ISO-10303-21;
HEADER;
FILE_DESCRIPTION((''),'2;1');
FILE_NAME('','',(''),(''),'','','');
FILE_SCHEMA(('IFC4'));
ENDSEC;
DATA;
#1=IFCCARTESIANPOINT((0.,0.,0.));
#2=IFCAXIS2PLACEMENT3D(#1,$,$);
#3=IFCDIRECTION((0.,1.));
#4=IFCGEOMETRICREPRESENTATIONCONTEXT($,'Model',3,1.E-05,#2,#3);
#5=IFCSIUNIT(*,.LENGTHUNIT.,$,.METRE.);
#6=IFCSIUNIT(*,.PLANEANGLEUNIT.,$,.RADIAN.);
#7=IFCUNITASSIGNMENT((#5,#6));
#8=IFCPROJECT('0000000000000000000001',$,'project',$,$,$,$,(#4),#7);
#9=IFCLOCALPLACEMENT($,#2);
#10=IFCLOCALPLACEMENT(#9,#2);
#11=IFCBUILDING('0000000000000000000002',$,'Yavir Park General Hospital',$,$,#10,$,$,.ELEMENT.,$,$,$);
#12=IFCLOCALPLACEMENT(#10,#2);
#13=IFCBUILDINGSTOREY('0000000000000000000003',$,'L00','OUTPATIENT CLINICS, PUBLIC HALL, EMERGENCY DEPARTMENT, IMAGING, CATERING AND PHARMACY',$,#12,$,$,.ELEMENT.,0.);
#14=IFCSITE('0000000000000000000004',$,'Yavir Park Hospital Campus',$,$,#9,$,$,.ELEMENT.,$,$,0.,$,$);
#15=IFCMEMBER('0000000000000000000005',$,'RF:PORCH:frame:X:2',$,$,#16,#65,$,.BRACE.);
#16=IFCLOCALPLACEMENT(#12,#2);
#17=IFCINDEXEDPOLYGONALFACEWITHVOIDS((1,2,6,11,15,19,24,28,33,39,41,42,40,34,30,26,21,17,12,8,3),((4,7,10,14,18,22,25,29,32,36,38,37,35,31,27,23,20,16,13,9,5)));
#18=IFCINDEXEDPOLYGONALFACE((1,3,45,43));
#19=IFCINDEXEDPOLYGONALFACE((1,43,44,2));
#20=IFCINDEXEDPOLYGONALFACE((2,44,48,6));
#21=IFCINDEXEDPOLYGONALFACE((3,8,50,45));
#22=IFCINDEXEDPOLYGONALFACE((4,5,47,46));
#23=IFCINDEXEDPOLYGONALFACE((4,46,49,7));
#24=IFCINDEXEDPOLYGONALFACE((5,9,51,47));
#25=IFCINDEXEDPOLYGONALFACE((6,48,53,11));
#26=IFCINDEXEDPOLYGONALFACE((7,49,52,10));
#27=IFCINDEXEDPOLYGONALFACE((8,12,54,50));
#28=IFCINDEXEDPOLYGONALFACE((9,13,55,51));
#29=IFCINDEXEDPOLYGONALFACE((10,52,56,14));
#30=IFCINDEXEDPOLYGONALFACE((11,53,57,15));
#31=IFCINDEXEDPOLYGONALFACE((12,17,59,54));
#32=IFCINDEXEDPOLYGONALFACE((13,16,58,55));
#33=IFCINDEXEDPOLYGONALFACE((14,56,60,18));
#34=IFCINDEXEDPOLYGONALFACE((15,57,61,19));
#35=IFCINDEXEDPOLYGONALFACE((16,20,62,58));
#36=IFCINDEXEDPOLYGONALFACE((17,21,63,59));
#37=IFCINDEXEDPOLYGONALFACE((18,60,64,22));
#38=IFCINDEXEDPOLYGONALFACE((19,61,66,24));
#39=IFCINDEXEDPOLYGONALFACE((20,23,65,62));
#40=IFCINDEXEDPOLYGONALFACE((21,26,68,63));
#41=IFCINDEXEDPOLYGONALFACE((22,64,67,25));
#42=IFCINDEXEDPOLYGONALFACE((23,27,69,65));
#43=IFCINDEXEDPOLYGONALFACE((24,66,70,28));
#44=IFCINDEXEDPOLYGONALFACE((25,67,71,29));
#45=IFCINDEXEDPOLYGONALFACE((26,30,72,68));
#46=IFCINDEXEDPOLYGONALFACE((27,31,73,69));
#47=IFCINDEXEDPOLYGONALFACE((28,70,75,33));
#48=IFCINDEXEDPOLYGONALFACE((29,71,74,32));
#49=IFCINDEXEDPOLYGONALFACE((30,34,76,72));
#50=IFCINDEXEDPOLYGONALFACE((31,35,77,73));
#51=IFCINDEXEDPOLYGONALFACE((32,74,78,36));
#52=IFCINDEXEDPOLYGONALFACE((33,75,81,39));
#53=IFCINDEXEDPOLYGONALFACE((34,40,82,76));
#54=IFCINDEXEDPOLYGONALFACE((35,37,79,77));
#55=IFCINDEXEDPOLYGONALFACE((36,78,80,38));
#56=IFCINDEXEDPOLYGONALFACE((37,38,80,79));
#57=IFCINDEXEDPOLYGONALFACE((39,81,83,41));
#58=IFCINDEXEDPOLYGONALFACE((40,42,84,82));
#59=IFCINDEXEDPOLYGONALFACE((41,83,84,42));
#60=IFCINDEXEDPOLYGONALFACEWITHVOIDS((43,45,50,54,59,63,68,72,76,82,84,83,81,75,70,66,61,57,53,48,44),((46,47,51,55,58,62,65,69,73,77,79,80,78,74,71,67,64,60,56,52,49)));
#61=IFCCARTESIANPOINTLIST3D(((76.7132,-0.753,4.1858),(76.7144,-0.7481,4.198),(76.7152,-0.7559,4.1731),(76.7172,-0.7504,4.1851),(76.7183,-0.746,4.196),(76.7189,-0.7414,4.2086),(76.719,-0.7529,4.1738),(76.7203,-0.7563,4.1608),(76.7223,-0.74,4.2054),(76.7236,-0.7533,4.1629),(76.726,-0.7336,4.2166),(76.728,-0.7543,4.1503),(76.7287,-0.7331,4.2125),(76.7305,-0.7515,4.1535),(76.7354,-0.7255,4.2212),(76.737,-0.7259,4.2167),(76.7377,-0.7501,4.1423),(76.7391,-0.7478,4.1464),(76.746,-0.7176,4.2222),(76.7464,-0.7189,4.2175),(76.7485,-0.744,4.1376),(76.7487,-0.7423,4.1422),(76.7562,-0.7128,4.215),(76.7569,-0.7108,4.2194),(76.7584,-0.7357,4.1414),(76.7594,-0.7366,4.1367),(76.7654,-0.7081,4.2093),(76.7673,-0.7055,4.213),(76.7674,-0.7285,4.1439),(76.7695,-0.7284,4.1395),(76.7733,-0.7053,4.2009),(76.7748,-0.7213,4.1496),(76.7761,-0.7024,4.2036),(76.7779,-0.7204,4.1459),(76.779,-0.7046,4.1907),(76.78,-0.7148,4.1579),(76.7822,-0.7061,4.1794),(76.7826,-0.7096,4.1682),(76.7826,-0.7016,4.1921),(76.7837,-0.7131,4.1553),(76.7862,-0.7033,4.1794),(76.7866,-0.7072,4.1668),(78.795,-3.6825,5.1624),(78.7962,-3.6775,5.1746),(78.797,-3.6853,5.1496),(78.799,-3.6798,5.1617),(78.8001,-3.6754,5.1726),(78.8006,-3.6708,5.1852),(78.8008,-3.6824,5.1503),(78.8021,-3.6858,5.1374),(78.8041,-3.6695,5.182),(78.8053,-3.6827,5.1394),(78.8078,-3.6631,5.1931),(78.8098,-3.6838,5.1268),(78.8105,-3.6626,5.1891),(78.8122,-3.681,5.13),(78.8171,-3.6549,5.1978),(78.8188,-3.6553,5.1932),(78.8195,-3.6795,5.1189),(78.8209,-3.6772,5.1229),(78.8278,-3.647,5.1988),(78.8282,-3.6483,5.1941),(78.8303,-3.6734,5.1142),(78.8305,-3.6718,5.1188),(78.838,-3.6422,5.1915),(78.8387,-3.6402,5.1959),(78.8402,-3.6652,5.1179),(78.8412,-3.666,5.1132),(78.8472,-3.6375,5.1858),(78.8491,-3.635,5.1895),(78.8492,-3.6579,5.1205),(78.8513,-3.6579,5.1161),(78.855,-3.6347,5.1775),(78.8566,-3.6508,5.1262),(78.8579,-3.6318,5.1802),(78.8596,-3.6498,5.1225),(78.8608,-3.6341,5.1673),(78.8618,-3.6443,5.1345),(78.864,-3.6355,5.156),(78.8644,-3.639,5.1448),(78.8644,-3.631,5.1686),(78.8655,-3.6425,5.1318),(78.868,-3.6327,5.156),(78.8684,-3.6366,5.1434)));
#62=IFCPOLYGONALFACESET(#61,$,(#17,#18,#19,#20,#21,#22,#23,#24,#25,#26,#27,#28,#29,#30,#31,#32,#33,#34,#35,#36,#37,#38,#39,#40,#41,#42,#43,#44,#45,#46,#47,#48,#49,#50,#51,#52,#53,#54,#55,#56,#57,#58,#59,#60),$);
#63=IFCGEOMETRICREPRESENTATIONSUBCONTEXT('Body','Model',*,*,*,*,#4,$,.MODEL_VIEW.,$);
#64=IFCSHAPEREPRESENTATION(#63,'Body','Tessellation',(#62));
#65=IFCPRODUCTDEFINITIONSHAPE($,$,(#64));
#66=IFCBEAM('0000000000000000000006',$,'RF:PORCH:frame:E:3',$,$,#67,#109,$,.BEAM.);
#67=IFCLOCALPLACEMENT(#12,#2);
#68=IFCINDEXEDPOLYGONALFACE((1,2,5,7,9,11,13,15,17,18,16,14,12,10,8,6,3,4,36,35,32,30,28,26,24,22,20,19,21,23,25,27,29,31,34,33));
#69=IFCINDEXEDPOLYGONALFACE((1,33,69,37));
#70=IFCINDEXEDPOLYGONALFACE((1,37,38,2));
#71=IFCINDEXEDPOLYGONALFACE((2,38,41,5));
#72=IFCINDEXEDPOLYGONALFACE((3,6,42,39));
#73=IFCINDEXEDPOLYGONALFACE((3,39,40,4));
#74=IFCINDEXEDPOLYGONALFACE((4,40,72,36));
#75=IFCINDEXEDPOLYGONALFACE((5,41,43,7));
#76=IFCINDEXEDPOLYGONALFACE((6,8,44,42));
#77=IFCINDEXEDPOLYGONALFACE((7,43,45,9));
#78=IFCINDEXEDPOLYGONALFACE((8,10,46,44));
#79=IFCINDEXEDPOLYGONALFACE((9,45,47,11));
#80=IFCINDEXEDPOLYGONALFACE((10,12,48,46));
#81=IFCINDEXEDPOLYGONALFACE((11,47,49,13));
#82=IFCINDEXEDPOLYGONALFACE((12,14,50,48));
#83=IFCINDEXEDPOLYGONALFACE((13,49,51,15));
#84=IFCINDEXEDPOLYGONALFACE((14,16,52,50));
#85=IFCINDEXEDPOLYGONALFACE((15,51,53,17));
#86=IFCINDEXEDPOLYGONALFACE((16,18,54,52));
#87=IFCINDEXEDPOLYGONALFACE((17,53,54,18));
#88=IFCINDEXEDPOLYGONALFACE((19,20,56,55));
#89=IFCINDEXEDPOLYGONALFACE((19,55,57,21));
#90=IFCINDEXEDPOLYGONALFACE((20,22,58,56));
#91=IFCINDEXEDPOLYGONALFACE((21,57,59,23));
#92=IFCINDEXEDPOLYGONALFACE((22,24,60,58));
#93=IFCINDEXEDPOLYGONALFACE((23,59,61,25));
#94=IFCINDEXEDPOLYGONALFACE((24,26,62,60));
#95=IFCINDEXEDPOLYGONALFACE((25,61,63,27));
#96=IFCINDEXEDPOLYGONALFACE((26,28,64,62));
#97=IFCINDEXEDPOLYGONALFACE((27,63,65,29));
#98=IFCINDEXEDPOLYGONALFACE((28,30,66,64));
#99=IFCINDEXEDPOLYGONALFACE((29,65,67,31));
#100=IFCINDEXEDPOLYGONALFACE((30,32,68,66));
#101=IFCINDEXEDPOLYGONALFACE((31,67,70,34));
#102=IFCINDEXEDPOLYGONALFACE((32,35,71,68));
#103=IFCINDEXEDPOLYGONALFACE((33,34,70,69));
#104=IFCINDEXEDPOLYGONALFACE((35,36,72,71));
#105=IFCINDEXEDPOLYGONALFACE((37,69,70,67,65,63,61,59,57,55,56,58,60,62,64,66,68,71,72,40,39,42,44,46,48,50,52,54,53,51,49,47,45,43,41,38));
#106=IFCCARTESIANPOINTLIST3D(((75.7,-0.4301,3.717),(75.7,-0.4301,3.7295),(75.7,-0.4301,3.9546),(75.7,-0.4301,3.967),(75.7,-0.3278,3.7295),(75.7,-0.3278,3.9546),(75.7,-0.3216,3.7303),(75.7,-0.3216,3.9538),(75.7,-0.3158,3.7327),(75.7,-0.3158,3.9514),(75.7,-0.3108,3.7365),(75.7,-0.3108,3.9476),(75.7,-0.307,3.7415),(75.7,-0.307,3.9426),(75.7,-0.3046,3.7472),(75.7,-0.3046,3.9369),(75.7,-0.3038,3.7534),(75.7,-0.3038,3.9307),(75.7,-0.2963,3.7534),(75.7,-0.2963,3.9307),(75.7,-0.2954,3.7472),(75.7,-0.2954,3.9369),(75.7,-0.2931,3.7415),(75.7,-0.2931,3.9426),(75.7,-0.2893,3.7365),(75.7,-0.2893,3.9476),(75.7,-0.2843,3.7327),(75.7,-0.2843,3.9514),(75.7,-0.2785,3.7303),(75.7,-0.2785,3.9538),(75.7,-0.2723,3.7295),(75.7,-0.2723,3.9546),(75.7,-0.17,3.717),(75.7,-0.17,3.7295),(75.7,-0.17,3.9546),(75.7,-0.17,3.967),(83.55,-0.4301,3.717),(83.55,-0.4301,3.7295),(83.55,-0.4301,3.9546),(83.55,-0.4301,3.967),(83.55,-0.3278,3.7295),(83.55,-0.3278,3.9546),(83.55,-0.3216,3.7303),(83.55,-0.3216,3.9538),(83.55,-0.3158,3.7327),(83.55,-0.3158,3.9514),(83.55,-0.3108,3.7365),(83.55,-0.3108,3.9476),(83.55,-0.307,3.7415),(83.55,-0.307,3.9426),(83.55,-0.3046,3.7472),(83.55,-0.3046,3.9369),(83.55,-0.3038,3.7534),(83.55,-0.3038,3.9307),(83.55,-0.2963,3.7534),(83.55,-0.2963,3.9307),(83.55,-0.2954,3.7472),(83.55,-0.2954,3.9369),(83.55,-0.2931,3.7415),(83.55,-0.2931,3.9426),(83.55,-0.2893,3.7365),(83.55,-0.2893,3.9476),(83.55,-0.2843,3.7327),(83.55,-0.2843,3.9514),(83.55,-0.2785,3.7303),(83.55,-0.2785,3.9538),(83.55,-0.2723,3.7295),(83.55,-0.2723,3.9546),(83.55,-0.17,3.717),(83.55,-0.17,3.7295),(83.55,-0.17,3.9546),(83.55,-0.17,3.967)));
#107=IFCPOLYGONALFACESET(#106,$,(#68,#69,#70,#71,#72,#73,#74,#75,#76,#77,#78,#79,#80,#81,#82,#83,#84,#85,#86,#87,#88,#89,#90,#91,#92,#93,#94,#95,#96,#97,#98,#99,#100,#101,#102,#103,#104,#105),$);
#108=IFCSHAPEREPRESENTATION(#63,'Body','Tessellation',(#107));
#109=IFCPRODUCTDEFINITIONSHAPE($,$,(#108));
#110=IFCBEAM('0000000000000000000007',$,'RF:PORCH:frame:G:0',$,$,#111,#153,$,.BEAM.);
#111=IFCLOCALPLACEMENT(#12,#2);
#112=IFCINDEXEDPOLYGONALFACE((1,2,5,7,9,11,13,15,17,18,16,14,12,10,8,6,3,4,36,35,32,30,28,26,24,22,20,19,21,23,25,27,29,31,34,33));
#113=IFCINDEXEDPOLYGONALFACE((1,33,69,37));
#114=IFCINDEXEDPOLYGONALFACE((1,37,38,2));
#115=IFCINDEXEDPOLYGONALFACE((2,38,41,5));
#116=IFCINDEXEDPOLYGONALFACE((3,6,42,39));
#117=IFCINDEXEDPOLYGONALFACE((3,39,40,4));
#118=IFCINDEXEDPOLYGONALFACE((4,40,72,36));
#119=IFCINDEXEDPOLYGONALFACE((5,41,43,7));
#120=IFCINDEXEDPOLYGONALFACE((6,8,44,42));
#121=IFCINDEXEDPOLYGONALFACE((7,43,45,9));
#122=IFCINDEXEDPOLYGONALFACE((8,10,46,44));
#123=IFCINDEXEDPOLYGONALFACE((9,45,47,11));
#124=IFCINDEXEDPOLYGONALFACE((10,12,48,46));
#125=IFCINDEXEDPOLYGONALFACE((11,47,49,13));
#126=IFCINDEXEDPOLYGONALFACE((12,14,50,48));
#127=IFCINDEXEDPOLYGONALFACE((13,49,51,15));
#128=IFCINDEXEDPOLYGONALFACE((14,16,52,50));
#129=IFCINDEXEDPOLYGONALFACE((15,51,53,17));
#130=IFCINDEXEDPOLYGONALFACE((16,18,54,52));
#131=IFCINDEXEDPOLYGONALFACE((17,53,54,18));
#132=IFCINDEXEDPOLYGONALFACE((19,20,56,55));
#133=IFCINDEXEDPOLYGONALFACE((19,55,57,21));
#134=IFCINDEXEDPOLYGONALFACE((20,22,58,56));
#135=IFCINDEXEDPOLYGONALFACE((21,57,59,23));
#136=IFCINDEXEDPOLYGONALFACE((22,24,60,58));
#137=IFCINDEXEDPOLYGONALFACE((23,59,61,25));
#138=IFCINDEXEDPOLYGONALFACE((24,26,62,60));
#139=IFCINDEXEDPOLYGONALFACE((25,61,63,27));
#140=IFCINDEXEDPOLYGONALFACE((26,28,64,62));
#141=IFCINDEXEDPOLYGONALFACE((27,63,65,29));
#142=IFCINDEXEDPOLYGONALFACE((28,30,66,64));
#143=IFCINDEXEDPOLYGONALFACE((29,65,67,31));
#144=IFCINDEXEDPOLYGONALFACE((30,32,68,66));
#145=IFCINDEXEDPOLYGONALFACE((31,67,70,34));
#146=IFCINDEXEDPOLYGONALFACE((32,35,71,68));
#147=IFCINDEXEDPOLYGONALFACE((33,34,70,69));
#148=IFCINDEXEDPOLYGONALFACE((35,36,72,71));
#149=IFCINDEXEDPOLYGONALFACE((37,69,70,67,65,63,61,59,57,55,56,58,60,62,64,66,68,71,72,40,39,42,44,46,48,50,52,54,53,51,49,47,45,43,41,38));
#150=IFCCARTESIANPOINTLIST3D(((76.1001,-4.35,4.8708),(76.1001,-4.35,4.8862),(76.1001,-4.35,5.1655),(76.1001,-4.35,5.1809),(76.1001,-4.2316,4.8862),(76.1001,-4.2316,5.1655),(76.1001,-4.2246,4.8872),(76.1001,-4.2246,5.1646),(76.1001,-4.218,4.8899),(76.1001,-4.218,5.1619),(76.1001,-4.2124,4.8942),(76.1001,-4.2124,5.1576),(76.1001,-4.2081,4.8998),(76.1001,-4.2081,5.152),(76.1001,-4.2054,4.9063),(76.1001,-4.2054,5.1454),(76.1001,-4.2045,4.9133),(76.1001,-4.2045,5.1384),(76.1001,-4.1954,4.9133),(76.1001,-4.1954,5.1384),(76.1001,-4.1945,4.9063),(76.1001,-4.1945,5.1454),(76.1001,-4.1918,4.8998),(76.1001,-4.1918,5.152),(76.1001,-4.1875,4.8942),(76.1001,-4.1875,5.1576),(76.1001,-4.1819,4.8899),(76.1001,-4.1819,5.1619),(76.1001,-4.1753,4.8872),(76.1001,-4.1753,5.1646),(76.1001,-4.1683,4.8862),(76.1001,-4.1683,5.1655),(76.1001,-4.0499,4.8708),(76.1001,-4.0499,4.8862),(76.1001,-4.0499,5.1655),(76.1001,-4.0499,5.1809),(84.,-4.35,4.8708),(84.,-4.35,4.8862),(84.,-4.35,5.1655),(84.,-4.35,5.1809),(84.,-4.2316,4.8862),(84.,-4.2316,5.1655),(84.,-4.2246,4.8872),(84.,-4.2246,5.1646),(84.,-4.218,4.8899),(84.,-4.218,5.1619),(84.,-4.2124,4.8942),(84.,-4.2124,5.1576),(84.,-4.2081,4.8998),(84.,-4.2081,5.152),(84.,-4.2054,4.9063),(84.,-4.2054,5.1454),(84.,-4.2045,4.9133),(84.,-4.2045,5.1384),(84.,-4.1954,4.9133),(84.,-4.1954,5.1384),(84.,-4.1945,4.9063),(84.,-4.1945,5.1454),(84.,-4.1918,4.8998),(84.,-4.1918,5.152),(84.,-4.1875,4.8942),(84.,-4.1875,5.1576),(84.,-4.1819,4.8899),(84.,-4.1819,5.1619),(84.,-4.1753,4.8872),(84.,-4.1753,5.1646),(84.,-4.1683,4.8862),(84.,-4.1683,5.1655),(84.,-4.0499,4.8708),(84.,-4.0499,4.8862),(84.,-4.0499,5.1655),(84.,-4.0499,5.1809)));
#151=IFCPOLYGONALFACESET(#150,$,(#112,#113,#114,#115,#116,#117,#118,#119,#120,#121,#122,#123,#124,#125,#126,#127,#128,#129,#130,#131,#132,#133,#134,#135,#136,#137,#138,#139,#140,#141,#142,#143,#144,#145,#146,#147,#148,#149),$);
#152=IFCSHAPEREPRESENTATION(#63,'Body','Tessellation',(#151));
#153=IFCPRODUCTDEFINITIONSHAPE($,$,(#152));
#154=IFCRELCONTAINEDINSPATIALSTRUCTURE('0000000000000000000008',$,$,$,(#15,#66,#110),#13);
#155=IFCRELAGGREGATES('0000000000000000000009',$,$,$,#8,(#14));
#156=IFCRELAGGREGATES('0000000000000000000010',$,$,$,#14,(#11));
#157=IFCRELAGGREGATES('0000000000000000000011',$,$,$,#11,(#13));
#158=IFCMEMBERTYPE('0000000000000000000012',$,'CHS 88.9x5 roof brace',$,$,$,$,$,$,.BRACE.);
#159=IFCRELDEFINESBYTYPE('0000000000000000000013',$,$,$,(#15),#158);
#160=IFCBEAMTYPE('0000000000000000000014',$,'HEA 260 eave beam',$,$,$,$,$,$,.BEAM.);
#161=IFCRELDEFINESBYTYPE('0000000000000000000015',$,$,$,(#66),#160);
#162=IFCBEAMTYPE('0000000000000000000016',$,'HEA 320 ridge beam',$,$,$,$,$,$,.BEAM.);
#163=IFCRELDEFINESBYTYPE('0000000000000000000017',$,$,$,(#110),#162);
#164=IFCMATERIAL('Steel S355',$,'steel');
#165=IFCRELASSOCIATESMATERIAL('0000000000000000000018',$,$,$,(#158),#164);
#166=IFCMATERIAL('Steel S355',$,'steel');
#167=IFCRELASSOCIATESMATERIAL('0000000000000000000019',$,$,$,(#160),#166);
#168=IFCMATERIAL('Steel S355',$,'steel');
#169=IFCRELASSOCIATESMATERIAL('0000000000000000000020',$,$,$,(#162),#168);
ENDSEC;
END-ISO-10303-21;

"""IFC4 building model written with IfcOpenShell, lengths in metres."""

from ifc_helpers import new_model, si_unit, direction, frame, origin, origin_2d, place, context, subcontext, project, spatial, hollow_circle, i_section, extrude, material, material_profile, profile_set, type_object, element, save


model = new_model("IFC4")

# Units and contexts
model_context = context("Model", 3, precision=1e-05, world=origin(), true_north=direction((0.0, 1.0)))
body_context = subcontext(model_context, "Body", "Model", "MODEL_VIEW")
ifc_project = project(units=[si_unit("LENGTHUNIT", "METRE"), si_unit("PLANEANGLEUNIT", "RADIAN")], contexts=[model_context])

# Site, building, storey
site_placement = place(None, origin())
site = spatial("IfcSite", under=ifc_project, at=site_placement, Name="Yavir Park Hospital Campus", CompositionType="ELEMENT", RefElevation=0.0)
building_placement = place(site_placement, origin())
building = spatial("IfcBuilding", under=site, at=building_placement, Name="Yavir Park General Hospital", CompositionType="ELEMENT")
storey_placement = place(building_placement, origin())
storey = spatial("IfcBuildingStorey", under=building, at=storey_placement, Name="L00", Description="OUTPATIENT CLINICS, PUBLIC HALL, EMERGENCY DEPARTMENT, IMAGING, CATERING AND PHARMACY", CompositionType="ELEMENT", Elevation=0.0)

# Member
ifc_material_1 = material(Name="Steel S355", Category="steel")
ifc_material_profile_1 = material_profile(ifc_material_1, hollow_circle(Radius=0.0444, WallThickness=0.0049, at=origin_2d()), Name="CHS88.9x5")
ifc_profile_set_1 = profile_set([ifc_material_profile_1], Name="Steel S355")
member_type_1 = type_object("IfcMemberType", Name="CHS 88.9x5 roof brace", PredefinedType="BRACE", material=ifc_profile_set_1)
member_1_placement = place(storey_placement, frame((76.75, -0.729, 4.1794), z_axis=(0.558999, -0.786611, 0.262226), x_axis=(0.815136, 0.57927, 0.0)))
element("IfcMember", 1, at=member_1_placement, inside=storey, type_object=member_type_1, Name="RF:PORCH:frame:X:2", PredefinedType="BRACE", context=body_context, shape_type="SweptSolid", body=[
    extrude(hollow_circle(Radius=0.0444, WallThickness=0.0049, at=origin_2d()), origin(), (0.0, 0.0, 1.0), 3.7241),
])

# Beams
ifc_material_2 = material(Name="Steel S355", Category="steel")
ifc_material_profile_2 = material_profile(ifc_material_2, i_section(OverallWidth=0.26, OverallDepth=0.25, WebThickness=0.0076, FlangeThickness=0.0125, FilletRadius=0.0239, at=origin_2d()), Name="HEA260")
ifc_profile_set_2 = profile_set([ifc_material_profile_2], Name="Steel S355")
beam_type_1 = type_object("IfcBeamType", Name="HEA 260 eave beam", PredefinedType="BEAM", material=ifc_profile_set_2)
beam_1_placement = place(storey_placement, frame((75.7, -0.3, 3.842), z_axis=(1.0, 0.0, 0.0), x_axis=(0.0, 1.0, 0.0)))
element("IfcBeam", 2, at=beam_1_placement, inside=storey, type_object=beam_type_1, Name="RF:PORCH:frame:E:3", PredefinedType="BEAM", context=body_context, shape_type="SweptSolid", body=[
    extrude(i_section(OverallWidth=0.26, OverallDepth=0.25, WebThickness=0.0076, FlangeThickness=0.0125, FilletRadius=0.0239, at=origin_2d()), origin(), (0.0, 0.0, 1.0), 7.8501),
])
ifc_material_3 = material(Name="Steel S355", Category="steel")
ifc_material_profile_3 = material_profile(ifc_material_3, i_section(OverallWidth=0.3, OverallDepth=0.3101, WebThickness=0.009, FlangeThickness=0.0154, FilletRadius=0.0271, at=origin_2d()), Name="HEA320")
ifc_profile_set_3 = profile_set([ifc_material_profile_3], Name="Steel S355")
beam_type_2 = type_object("IfcBeamType", Name="HEA 320 ridge beam", PredefinedType="BEAM", material=ifc_profile_set_3)
beam_2_placement = place(storey_placement, frame((76.1001, -4.2, 5.0259), z_axis=(1.0, 0.0, 0.0), x_axis=(0.0, 1.0, 0.0)))
element("IfcBeam", 3, at=beam_2_placement, inside=storey, type_object=beam_type_2, Name="RF:PORCH:frame:G:0", PredefinedType="BEAM", context=body_context, shape_type="SweptSolid", body=[
    extrude(i_section(OverallWidth=0.3, OverallDepth=0.3101, WebThickness=0.009, FlangeThickness=0.0154, FilletRadius=0.0271, at=origin_2d()), origin(), (0.0, 0.0, 1.0), 7.8999),
])

save(model, "model.ifc")
